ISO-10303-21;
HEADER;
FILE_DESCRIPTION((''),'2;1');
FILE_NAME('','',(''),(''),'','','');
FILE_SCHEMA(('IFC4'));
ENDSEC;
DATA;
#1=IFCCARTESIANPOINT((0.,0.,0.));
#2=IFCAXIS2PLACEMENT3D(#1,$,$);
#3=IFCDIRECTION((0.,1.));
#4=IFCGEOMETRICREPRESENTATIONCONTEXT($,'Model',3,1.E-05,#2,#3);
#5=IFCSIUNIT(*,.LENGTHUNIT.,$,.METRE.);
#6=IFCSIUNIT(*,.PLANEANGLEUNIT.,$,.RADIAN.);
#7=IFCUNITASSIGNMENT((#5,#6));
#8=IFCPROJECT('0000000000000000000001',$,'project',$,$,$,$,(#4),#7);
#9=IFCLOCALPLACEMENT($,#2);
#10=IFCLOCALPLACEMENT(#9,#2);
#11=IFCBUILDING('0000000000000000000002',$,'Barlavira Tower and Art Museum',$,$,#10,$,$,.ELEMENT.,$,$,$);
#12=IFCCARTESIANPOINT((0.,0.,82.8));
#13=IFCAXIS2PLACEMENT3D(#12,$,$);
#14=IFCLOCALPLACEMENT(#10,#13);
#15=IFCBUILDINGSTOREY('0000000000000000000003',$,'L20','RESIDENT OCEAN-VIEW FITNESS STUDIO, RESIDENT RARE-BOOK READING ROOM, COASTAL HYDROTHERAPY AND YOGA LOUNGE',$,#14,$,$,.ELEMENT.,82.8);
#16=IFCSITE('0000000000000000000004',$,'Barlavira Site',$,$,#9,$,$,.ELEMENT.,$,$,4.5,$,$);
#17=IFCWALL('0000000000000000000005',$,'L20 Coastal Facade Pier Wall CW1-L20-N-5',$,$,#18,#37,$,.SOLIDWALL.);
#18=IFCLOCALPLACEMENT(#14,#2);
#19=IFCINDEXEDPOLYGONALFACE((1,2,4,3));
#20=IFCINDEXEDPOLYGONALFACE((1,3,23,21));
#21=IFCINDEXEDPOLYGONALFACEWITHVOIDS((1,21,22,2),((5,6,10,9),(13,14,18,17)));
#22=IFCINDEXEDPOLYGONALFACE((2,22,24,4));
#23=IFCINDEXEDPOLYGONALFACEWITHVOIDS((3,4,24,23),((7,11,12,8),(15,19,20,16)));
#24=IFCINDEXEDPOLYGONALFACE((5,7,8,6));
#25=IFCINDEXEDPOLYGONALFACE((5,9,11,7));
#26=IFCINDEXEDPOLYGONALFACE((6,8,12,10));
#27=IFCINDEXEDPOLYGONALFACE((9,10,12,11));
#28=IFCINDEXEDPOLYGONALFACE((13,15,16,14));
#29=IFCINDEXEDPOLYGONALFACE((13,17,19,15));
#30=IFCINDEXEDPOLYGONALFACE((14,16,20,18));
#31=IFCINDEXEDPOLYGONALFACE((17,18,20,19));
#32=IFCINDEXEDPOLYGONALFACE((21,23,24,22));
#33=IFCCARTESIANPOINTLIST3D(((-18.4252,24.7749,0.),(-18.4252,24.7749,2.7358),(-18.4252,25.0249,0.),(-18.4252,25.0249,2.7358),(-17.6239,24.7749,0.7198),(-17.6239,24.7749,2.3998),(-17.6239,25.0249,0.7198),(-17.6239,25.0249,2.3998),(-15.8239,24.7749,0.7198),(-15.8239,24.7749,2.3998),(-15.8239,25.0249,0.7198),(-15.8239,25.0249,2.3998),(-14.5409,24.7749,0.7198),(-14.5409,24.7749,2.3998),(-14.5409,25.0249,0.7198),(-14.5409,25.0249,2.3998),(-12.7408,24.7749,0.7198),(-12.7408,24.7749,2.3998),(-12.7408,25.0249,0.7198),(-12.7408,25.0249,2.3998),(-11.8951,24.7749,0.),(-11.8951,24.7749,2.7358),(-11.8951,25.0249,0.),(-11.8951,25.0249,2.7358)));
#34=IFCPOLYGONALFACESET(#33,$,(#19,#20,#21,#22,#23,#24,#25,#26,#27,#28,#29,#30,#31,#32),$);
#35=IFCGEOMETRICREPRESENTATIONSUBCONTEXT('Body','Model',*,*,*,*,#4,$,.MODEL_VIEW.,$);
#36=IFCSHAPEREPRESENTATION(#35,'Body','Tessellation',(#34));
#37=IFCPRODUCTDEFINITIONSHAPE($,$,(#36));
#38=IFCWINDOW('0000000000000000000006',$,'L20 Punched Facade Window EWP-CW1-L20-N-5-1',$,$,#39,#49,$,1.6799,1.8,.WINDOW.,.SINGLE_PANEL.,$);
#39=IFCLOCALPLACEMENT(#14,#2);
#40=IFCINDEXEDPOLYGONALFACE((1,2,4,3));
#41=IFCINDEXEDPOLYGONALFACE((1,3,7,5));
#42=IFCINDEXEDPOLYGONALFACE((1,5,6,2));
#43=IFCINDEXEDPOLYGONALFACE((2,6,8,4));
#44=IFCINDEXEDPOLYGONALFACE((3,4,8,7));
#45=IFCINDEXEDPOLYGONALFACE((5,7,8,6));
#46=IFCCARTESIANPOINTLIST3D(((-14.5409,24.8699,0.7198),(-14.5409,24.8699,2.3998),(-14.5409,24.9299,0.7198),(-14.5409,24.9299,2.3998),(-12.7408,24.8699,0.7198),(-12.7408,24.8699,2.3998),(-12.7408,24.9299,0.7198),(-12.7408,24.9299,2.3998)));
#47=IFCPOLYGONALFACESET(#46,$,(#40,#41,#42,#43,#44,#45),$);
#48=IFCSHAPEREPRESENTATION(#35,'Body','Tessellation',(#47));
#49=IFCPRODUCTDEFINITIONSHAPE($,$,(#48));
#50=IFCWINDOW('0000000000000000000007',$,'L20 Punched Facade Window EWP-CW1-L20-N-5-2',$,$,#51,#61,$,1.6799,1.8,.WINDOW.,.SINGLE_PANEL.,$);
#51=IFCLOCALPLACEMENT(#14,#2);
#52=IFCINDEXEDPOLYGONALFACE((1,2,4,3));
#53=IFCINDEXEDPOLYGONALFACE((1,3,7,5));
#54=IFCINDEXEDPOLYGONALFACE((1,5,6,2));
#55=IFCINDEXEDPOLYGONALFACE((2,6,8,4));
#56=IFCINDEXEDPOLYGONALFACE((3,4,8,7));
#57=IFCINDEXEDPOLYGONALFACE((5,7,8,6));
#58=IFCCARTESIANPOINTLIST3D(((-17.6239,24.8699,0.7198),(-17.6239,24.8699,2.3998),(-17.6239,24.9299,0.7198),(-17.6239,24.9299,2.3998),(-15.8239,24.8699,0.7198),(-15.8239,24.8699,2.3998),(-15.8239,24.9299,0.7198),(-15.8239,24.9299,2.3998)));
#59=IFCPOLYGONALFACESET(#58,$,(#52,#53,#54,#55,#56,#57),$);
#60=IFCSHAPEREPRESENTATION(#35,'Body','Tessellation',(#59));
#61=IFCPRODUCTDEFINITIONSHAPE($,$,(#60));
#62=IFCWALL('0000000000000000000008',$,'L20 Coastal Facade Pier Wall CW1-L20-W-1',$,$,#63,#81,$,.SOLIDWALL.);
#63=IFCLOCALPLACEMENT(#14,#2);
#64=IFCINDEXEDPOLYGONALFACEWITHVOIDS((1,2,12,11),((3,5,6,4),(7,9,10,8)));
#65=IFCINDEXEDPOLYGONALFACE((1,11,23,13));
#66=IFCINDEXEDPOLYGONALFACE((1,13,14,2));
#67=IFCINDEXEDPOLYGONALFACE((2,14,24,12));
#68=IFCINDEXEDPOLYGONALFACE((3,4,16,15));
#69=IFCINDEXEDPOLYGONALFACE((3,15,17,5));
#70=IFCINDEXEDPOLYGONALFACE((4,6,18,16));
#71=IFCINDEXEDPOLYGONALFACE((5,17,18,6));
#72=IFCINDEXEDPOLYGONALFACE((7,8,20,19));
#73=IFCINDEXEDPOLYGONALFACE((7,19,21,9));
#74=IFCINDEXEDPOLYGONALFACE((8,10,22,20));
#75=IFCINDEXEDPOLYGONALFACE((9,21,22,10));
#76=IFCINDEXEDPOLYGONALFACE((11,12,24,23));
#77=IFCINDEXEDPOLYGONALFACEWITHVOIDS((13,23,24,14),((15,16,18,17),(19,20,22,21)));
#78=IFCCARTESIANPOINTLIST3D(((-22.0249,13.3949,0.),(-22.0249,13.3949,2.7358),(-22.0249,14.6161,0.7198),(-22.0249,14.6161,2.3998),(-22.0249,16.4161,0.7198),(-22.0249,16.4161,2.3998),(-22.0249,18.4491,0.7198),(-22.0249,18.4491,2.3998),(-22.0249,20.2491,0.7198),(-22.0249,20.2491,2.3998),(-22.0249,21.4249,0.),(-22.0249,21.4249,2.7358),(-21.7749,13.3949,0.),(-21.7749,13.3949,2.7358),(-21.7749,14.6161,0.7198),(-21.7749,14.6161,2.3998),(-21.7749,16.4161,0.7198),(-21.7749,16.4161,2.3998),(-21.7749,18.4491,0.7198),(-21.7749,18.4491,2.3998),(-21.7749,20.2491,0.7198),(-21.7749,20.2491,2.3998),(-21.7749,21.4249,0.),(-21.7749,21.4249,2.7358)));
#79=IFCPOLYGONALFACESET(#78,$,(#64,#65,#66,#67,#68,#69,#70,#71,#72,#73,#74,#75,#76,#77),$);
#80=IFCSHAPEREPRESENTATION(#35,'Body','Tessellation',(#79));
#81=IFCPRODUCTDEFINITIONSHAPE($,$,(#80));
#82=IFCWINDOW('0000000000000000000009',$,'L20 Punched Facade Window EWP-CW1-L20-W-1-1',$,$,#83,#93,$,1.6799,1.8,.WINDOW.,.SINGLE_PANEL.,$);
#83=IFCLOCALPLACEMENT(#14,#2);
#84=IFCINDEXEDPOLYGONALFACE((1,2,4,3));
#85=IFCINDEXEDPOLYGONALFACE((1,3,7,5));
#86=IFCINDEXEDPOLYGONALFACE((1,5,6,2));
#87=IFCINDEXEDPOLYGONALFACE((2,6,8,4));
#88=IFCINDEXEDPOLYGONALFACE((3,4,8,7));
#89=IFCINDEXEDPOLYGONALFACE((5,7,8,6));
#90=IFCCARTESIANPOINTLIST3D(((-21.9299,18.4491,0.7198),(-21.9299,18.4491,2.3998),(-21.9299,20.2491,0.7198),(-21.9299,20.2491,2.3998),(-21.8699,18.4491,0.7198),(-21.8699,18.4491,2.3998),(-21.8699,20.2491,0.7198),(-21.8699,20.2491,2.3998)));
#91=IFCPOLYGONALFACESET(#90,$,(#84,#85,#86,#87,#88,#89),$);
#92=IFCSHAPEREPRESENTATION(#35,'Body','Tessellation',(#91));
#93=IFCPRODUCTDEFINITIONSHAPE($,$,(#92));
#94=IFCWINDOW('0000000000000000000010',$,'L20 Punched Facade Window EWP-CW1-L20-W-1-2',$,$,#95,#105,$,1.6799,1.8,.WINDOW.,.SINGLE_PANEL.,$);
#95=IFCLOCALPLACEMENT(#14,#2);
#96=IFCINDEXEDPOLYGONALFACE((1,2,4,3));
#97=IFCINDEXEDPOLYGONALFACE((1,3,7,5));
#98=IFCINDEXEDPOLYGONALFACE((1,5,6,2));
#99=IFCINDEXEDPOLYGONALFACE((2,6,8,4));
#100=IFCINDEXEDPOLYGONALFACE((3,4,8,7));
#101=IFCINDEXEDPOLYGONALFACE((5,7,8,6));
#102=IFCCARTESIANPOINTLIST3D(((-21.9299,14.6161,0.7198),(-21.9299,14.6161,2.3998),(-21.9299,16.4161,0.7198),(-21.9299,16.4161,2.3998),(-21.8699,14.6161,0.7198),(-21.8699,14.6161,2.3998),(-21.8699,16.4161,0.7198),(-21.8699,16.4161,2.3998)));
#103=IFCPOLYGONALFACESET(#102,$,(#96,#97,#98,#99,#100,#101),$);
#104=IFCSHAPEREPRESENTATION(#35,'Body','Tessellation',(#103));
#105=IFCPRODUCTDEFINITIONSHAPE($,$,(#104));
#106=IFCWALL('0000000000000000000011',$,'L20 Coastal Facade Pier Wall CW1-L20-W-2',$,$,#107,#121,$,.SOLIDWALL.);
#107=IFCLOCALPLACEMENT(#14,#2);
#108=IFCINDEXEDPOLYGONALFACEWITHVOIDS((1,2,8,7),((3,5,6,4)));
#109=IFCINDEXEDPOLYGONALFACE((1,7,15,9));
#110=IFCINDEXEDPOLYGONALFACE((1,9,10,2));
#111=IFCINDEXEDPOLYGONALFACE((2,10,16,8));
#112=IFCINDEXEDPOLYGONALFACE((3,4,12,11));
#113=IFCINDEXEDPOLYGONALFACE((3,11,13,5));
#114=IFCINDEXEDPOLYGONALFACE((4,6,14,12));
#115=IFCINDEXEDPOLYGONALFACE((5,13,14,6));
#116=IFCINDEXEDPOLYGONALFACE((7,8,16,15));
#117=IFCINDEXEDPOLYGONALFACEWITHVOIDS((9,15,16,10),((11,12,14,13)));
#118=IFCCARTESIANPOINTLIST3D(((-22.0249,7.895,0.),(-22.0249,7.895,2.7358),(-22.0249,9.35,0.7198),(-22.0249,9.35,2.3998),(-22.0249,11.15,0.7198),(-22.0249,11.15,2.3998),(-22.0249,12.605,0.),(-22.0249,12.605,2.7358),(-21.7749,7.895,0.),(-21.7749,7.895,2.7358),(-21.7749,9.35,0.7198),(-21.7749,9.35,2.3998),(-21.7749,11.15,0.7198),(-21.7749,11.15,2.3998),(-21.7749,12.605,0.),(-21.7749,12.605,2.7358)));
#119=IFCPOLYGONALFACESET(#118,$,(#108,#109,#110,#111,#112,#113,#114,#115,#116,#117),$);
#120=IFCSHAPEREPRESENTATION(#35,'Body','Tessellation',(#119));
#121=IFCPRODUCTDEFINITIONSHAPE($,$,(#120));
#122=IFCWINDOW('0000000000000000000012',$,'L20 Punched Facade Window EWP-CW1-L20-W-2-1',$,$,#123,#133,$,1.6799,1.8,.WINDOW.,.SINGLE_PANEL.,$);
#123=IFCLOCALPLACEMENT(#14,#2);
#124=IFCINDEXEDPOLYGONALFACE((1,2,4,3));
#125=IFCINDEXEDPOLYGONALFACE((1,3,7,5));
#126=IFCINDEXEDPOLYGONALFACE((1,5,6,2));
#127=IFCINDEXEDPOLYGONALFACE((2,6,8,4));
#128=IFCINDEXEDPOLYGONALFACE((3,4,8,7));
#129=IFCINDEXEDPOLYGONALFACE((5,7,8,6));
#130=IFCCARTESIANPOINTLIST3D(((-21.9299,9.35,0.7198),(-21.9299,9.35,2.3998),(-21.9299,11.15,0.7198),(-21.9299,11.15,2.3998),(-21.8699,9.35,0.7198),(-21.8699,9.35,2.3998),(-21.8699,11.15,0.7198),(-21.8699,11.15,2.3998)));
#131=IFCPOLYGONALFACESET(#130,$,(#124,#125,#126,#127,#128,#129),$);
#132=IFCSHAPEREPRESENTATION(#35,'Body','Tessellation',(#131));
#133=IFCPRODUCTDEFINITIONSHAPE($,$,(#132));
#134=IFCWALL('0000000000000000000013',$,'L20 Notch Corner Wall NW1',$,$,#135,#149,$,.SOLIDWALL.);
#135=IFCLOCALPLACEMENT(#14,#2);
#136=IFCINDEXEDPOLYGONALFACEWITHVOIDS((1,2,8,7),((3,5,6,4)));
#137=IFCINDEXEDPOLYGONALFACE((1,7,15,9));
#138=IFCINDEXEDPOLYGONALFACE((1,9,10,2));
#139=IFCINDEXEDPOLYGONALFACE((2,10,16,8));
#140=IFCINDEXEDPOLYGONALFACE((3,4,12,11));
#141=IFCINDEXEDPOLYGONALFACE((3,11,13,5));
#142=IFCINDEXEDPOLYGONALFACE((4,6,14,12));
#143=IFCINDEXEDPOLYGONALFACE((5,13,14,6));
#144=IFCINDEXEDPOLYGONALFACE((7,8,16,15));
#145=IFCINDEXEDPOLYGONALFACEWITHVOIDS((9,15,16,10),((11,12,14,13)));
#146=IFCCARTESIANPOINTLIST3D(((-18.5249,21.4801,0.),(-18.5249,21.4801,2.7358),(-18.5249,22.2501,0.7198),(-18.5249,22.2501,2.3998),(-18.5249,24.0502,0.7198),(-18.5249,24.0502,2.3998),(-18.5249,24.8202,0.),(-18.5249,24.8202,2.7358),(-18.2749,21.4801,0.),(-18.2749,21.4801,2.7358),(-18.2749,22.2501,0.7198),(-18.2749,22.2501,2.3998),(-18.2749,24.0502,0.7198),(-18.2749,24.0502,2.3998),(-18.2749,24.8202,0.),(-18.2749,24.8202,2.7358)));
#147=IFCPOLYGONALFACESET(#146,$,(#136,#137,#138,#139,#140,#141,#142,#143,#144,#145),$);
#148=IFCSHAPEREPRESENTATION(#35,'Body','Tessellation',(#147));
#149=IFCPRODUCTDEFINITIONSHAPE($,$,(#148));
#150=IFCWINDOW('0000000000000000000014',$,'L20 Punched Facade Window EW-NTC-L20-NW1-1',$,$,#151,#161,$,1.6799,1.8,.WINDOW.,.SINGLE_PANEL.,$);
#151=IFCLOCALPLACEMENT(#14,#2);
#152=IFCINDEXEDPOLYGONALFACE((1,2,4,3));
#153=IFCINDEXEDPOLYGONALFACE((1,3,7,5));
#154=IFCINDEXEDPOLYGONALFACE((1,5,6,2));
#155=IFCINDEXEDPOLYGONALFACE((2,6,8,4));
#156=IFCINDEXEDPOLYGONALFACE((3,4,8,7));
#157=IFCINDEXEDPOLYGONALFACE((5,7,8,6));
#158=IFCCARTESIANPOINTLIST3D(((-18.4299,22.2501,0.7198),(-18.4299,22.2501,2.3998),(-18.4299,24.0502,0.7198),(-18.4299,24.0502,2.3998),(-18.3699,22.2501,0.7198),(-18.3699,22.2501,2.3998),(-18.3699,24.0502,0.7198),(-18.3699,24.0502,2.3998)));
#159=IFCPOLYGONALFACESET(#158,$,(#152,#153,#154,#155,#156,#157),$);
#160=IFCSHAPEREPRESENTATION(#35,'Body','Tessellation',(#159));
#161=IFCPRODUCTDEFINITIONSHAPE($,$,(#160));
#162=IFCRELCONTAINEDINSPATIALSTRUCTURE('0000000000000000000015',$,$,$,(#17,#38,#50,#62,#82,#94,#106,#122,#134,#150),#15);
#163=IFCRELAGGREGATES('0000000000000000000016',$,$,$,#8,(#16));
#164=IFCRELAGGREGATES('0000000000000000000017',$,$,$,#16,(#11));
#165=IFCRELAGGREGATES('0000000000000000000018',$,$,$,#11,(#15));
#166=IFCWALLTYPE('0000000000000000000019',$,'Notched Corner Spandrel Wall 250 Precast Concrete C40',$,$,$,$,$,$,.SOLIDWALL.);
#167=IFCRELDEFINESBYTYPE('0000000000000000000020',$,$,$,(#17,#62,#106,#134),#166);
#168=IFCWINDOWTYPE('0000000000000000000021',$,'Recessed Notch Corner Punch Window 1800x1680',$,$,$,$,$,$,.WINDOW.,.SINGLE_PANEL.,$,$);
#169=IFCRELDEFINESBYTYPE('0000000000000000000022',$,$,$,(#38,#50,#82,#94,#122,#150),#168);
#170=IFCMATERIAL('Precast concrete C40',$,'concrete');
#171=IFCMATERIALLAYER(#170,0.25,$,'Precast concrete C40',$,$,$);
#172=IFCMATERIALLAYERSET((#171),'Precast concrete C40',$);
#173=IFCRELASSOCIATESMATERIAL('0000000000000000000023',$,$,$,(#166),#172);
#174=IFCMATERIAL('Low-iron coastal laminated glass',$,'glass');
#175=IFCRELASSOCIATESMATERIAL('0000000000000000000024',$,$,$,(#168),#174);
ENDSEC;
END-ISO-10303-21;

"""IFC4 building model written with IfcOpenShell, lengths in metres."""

from ifc_helpers import new_model, si_unit, direction, frame, frame_2d, origin, place, context, subcontext, project, spatial, rectangle, extrude, material, layer, layer_set, type_object, element, fill, save


model = new_model("IFC4")

# Units and contexts
model_context = context("Model", 3, precision=1e-05, world=origin(), true_north=direction((0.0, 1.0)))
body_context = subcontext(model_context, "Body", "Model", "MODEL_VIEW")
ifc_project = project(units=[si_unit("LENGTHUNIT", "METRE"), si_unit("PLANEANGLEUNIT", "RADIAN")], contexts=[model_context])

# Site, building, storey
site_placement = place(None, origin())
site = spatial("IfcSite", under=ifc_project, at=site_placement, Name="Barlavira Site", CompositionType="ELEMENT", RefElevation=4.5)
building_placement = place(site_placement, origin())
building = spatial("IfcBuilding", under=site, at=building_placement, Name="Barlavira Tower and Art Museum", CompositionType="ELEMENT")
storey_placement = place(building_placement, frame((0.0, 0.0, 82.8)))
storey = spatial("IfcBuildingStorey", under=building, at=storey_placement, Name="L20", Description="RESIDENT OCEAN-VIEW FITNESS STUDIO, RESIDENT RARE-BOOK READING ROOM, COASTAL HYDROTHERAPY AND YOGA LOUNGE", CompositionType="ELEMENT", Elevation=82.8)

# Walls, openings, windows
ifc_material_1 = material(Name="Precast concrete C40", Category="concrete")
ifc_layer_1 = layer(ifc_material_1, 0.25, Name="Precast concrete C40")
ifc_layer_set_1 = layer_set([ifc_layer_1], Name="Precast concrete C40")
wall_type_1 = type_object("IfcWallType", Name="Notched Corner Spandrel Wall 250 Precast Concrete C40", PredefinedType="SOLIDWALL", material=ifc_layer_set_1)
wall_1_placement = place(storey_placement, frame((-11.895, 24.8999, 0.0), z_axis=(0.0, 0.0, 1.0), x_axis=(-1.0, 0.0, 0.0)))
wall_1 = element("IfcWall", 1, at=wall_1_placement, inside=storey, type_object=wall_type_1, Name="L20 Coastal Facade Pier Wall CW1-L20-N-5", PredefinedType="SOLIDWALL", context=body_context, shape_type="SweptSolid", body=[
    extrude(rectangle(XDim=6.53, YDim=0.25, at=frame_2d((3.2651, 0.0))), origin(), (0.0, 0.0, 1.0), 2.7358),
])
opening_1_placement = place(wall_1_placement, frame((0.8459, 0.0, 0.72)))
opening_1 = element("IfcOpeningElement", 2, at=opening_1_placement, cuts=wall_1, PredefinedType="OPENING", context=body_context, shape_type="SweptSolid", body=[
    extrude(rectangle(XDim=1.8, YDim=1.6799, at=frame_2d((0.8999, 0.8398))), frame((0.0, 0.135, 0.0), z_axis=(0.0, -1.0, 0.0), x_axis=(1.0, 0.0, 0.0)), (0.0, 0.0, 1.0), 0.27),
])
opening_2_placement = place(wall_1_placement, frame((3.929, 0.0, 0.72)))
opening_2 = element("IfcOpeningElement", 3, at=opening_2_placement, cuts=wall_1, PredefinedType="OPENING", context=body_context, shape_type="SweptSolid", body=[
    extrude(rectangle(XDim=1.8, YDim=1.6799, at=frame_2d((0.8999, 0.8398))), frame((0.0, 0.135, 0.0), z_axis=(0.0, -1.0, 0.0), x_axis=(1.0, 0.0, 0.0)), (0.0, 0.0, 1.0), 0.27),
])
ifc_material_2 = material(Name="Low-iron coastal laminated glass", Category="glass")
window_type = type_object("IfcWindowType", Name="Recessed Notch Corner Punch Window 1800x1680", PartitioningType="SINGLE_PANEL", PredefinedType="WINDOW", material=ifc_material_2)
window_1_placement = place(opening_1_placement, origin())
window_1 = element("IfcWindow", 4, at=window_1_placement, inside=storey, type_object=window_type, Name="L20 Punched Facade Window EWP-CW1-L20-N-5-1", OverallHeight=1.6799, OverallWidth=1.8, PartitioningType="SINGLE_PANEL", PredefinedType="WINDOW", context=body_context, shape_type="SweptSolid", body=[
    extrude(rectangle(XDim=1.8, YDim=1.6799, at=frame_2d((0.8999, 0.8398))), frame((0.0, 0.03, 0.0), z_axis=(0.0, -1.0, 0.0), x_axis=(1.0, 0.0, 0.0)), (0.0, 0.0, 1.0), 0.0601),
])
fill(opening_1, window_1)
window_2_placement = place(opening_2_placement, origin())
window_2 = element("IfcWindow", 5, at=window_2_placement, inside=storey, type_object=window_type, Name="L20 Punched Facade Window EWP-CW1-L20-N-5-2", OverallHeight=1.6799, OverallWidth=1.8, PartitioningType="SINGLE_PANEL", PredefinedType="WINDOW", context=body_context, shape_type="SweptSolid", body=[
    extrude(rectangle(XDim=1.8, YDim=1.6799, at=frame_2d((0.8999, 0.8398))), frame((0.0, 0.03, 0.0), z_axis=(0.0, -1.0, 0.0), x_axis=(1.0, 0.0, 0.0)), (0.0, 0.0, 1.0), 0.0601),
])
fill(opening_2, window_2)
wall_2_placement = place(storey_placement, frame((-21.8999, 21.425, 0.0), z_axis=(0.0, 0.0, 1.0), x_axis=(0.0, -1.0, 0.0)))
wall_2 = element("IfcWall", 6, at=wall_2_placement, inside=storey, type_object=wall_type_1, Name="L20 Coastal Facade Pier Wall CW1-L20-W-1", PredefinedType="SOLIDWALL", context=body_context, shape_type="SweptSolid", body=[
    extrude(rectangle(XDim=8.03, YDim=0.25, at=frame_2d((4.0151, 0.0))), origin(), (0.0, 0.0, 1.0), 2.7358),
])
opening_3_placement = place(wall_2_placement, frame((1.176, 0.0, 0.72)))
opening_3 = element("IfcOpeningElement", 7, at=opening_3_placement, cuts=wall_2, PredefinedType="OPENING", context=body_context, shape_type="SweptSolid", body=[
    extrude(rectangle(XDim=1.8, YDim=1.6799, at=frame_2d((0.8999, 0.8398))), frame((0.0, 0.135, 0.0), z_axis=(0.0, -1.0, 0.0), x_axis=(1.0, 0.0, 0.0)), (0.0, 0.0, 1.0), 0.27),
])
opening_4_placement = place(wall_2_placement, frame((5.009, 0.0, 0.72)))
opening_4 = element("IfcOpeningElement", 8, at=opening_4_placement, cuts=wall_2, PredefinedType="OPENING", context=body_context, shape_type="SweptSolid", body=[
    extrude(rectangle(XDim=1.8, YDim=1.6799, at=frame_2d((0.8999, 0.8398))), frame((0.0, 0.135, 0.0), z_axis=(0.0, -1.0, 0.0), x_axis=(1.0, 0.0, 0.0)), (0.0, 0.0, 1.0), 0.27),
])
window_3_placement = place(opening_3_placement, origin())
window_3 = element("IfcWindow", 9, at=window_3_placement, inside=storey, type_object=window_type, Name="L20 Punched Facade Window EWP-CW1-L20-W-1-1", OverallHeight=1.6799, OverallWidth=1.8, PartitioningType="SINGLE_PANEL", PredefinedType="WINDOW", context=body_context, shape_type="SweptSolid", body=[
    extrude(rectangle(XDim=1.8, YDim=1.6799, at=frame_2d((0.8999, 0.8398))), frame((0.0, 0.03, 0.0), z_axis=(0.0, -1.0, 0.0), x_axis=(1.0, 0.0, 0.0)), (0.0, 0.0, 1.0), 0.0601),
])
fill(opening_3, window_3)
window_4_placement = place(opening_4_placement, origin())
window_4 = element("IfcWindow", 10, at=window_4_placement, inside=storey, type_object=window_type, Name="L20 Punched Facade Window EWP-CW1-L20-W-1-2", OverallHeight=1.6799, OverallWidth=1.8, PartitioningType="SINGLE_PANEL", PredefinedType="WINDOW", context=body_context, shape_type="SweptSolid", body=[
    extrude(rectangle(XDim=1.8, YDim=1.6799, at=frame_2d((0.8999, 0.8398))), frame((0.0, 0.03, 0.0), z_axis=(0.0, -1.0, 0.0), x_axis=(1.0, 0.0, 0.0)), (0.0, 0.0, 1.0), 0.0601),
])
fill(opening_4, window_4)

# Walls, openings, windows
wall_3_placement = place(storey_placement, frame((-21.8999, 12.605, 0.0), z_axis=(0.0, 0.0, 1.0), x_axis=(0.0, -1.0, 0.0)))
wall_3 = element("IfcWall", 11, at=wall_3_placement, inside=storey, type_object=wall_type_1, Name="L20 Coastal Facade Pier Wall CW1-L20-W-2", PredefinedType="SOLIDWALL", context=body_context, shape_type="SweptSolid", body=[
    extrude(rectangle(XDim=4.71, YDim=0.25, at=frame_2d((2.355, 0.0))), origin(), (0.0, 0.0, 1.0), 2.7358),
])
opening_5_placement = place(wall_3_placement, frame((1.4551, 0.0, 0.72)))
opening_5 = element("IfcOpeningElement", 12, at=opening_5_placement, cuts=wall_3, PredefinedType="OPENING", context=body_context, shape_type="SweptSolid", body=[
    extrude(rectangle(XDim=1.8, YDim=1.6799, at=frame_2d((0.8999, 0.8398))), frame((0.0, 0.135, 0.0), z_axis=(0.0, -1.0, 0.0), x_axis=(1.0, 0.0, 0.0)), (0.0, 0.0, 1.0), 0.27),
])
window_5_placement = place(opening_5_placement, origin())
window_5 = element("IfcWindow", 13, at=window_5_placement, inside=storey, type_object=window_type, Name="L20 Punched Facade Window EWP-CW1-L20-W-2-1", OverallHeight=1.6799, OverallWidth=1.8, PartitioningType="SINGLE_PANEL", PredefinedType="WINDOW", context=body_context, shape_type="SweptSolid", body=[
    extrude(rectangle(XDim=1.8, YDim=1.6799, at=frame_2d((0.8999, 0.8398))), frame((0.0, 0.03, 0.0), z_axis=(0.0, -1.0, 0.0), x_axis=(1.0, 0.0, 0.0)), (0.0, 0.0, 1.0), 0.0601),
])
fill(opening_5, window_5)
wall_4_placement = place(storey_placement, frame((-18.3999, 24.8201, 0.0), z_axis=(0.0, 0.0, 1.0), x_axis=(0.0, -1.0, 0.0)))
wall_4 = element("IfcWall", 14, at=wall_4_placement, inside=storey, type_object=wall_type_1, Name="L20 Notch Corner Wall NW1", PredefinedType="SOLIDWALL", context=body_context, shape_type="SweptSolid", body=[
    extrude(rectangle(XDim=3.3401, YDim=0.25, at=frame_2d((1.6699, 0.0))), origin(), (0.0, 0.0, 1.0), 2.7358),
])
opening_6_placement = place(wall_4_placement, frame((0.77, 0.0, 0.72)))
opening_6 = element("IfcOpeningElement", 15, at=opening_6_placement, cuts=wall_4, PredefinedType="OPENING", context=body_context, shape_type="SweptSolid", body=[
    extrude(rectangle(XDim=1.8, YDim=1.6799, at=frame_2d((0.8999, 0.8398))), frame((0.0, 0.135, 0.0), z_axis=(0.0, -1.0, 0.0), x_axis=(1.0, 0.0, 0.0)), (0.0, 0.0, 1.0), 0.27),
])
window_6_placement = place(opening_6_placement, origin())
window_6 = element("IfcWindow", 16, at=window_6_placement, inside=storey, type_object=window_type, Name="L20 Punched Facade Window EW-NTC-L20-NW1-1", OverallHeight=1.6799, OverallWidth=1.8, PartitioningType="SINGLE_PANEL", PredefinedType="WINDOW", context=body_context, shape_type="SweptSolid", body=[
    extrude(rectangle(XDim=1.8, YDim=1.6799, at=frame_2d((0.8999, 0.8398))), frame((0.0, 0.03, 0.0), z_axis=(0.0, -1.0, 0.0), x_axis=(1.0, 0.0, 0.0)), (0.0, 0.0, 1.0), 0.0601),
])
fill(opening_6, window_6)

save(model, "model.ifc")
